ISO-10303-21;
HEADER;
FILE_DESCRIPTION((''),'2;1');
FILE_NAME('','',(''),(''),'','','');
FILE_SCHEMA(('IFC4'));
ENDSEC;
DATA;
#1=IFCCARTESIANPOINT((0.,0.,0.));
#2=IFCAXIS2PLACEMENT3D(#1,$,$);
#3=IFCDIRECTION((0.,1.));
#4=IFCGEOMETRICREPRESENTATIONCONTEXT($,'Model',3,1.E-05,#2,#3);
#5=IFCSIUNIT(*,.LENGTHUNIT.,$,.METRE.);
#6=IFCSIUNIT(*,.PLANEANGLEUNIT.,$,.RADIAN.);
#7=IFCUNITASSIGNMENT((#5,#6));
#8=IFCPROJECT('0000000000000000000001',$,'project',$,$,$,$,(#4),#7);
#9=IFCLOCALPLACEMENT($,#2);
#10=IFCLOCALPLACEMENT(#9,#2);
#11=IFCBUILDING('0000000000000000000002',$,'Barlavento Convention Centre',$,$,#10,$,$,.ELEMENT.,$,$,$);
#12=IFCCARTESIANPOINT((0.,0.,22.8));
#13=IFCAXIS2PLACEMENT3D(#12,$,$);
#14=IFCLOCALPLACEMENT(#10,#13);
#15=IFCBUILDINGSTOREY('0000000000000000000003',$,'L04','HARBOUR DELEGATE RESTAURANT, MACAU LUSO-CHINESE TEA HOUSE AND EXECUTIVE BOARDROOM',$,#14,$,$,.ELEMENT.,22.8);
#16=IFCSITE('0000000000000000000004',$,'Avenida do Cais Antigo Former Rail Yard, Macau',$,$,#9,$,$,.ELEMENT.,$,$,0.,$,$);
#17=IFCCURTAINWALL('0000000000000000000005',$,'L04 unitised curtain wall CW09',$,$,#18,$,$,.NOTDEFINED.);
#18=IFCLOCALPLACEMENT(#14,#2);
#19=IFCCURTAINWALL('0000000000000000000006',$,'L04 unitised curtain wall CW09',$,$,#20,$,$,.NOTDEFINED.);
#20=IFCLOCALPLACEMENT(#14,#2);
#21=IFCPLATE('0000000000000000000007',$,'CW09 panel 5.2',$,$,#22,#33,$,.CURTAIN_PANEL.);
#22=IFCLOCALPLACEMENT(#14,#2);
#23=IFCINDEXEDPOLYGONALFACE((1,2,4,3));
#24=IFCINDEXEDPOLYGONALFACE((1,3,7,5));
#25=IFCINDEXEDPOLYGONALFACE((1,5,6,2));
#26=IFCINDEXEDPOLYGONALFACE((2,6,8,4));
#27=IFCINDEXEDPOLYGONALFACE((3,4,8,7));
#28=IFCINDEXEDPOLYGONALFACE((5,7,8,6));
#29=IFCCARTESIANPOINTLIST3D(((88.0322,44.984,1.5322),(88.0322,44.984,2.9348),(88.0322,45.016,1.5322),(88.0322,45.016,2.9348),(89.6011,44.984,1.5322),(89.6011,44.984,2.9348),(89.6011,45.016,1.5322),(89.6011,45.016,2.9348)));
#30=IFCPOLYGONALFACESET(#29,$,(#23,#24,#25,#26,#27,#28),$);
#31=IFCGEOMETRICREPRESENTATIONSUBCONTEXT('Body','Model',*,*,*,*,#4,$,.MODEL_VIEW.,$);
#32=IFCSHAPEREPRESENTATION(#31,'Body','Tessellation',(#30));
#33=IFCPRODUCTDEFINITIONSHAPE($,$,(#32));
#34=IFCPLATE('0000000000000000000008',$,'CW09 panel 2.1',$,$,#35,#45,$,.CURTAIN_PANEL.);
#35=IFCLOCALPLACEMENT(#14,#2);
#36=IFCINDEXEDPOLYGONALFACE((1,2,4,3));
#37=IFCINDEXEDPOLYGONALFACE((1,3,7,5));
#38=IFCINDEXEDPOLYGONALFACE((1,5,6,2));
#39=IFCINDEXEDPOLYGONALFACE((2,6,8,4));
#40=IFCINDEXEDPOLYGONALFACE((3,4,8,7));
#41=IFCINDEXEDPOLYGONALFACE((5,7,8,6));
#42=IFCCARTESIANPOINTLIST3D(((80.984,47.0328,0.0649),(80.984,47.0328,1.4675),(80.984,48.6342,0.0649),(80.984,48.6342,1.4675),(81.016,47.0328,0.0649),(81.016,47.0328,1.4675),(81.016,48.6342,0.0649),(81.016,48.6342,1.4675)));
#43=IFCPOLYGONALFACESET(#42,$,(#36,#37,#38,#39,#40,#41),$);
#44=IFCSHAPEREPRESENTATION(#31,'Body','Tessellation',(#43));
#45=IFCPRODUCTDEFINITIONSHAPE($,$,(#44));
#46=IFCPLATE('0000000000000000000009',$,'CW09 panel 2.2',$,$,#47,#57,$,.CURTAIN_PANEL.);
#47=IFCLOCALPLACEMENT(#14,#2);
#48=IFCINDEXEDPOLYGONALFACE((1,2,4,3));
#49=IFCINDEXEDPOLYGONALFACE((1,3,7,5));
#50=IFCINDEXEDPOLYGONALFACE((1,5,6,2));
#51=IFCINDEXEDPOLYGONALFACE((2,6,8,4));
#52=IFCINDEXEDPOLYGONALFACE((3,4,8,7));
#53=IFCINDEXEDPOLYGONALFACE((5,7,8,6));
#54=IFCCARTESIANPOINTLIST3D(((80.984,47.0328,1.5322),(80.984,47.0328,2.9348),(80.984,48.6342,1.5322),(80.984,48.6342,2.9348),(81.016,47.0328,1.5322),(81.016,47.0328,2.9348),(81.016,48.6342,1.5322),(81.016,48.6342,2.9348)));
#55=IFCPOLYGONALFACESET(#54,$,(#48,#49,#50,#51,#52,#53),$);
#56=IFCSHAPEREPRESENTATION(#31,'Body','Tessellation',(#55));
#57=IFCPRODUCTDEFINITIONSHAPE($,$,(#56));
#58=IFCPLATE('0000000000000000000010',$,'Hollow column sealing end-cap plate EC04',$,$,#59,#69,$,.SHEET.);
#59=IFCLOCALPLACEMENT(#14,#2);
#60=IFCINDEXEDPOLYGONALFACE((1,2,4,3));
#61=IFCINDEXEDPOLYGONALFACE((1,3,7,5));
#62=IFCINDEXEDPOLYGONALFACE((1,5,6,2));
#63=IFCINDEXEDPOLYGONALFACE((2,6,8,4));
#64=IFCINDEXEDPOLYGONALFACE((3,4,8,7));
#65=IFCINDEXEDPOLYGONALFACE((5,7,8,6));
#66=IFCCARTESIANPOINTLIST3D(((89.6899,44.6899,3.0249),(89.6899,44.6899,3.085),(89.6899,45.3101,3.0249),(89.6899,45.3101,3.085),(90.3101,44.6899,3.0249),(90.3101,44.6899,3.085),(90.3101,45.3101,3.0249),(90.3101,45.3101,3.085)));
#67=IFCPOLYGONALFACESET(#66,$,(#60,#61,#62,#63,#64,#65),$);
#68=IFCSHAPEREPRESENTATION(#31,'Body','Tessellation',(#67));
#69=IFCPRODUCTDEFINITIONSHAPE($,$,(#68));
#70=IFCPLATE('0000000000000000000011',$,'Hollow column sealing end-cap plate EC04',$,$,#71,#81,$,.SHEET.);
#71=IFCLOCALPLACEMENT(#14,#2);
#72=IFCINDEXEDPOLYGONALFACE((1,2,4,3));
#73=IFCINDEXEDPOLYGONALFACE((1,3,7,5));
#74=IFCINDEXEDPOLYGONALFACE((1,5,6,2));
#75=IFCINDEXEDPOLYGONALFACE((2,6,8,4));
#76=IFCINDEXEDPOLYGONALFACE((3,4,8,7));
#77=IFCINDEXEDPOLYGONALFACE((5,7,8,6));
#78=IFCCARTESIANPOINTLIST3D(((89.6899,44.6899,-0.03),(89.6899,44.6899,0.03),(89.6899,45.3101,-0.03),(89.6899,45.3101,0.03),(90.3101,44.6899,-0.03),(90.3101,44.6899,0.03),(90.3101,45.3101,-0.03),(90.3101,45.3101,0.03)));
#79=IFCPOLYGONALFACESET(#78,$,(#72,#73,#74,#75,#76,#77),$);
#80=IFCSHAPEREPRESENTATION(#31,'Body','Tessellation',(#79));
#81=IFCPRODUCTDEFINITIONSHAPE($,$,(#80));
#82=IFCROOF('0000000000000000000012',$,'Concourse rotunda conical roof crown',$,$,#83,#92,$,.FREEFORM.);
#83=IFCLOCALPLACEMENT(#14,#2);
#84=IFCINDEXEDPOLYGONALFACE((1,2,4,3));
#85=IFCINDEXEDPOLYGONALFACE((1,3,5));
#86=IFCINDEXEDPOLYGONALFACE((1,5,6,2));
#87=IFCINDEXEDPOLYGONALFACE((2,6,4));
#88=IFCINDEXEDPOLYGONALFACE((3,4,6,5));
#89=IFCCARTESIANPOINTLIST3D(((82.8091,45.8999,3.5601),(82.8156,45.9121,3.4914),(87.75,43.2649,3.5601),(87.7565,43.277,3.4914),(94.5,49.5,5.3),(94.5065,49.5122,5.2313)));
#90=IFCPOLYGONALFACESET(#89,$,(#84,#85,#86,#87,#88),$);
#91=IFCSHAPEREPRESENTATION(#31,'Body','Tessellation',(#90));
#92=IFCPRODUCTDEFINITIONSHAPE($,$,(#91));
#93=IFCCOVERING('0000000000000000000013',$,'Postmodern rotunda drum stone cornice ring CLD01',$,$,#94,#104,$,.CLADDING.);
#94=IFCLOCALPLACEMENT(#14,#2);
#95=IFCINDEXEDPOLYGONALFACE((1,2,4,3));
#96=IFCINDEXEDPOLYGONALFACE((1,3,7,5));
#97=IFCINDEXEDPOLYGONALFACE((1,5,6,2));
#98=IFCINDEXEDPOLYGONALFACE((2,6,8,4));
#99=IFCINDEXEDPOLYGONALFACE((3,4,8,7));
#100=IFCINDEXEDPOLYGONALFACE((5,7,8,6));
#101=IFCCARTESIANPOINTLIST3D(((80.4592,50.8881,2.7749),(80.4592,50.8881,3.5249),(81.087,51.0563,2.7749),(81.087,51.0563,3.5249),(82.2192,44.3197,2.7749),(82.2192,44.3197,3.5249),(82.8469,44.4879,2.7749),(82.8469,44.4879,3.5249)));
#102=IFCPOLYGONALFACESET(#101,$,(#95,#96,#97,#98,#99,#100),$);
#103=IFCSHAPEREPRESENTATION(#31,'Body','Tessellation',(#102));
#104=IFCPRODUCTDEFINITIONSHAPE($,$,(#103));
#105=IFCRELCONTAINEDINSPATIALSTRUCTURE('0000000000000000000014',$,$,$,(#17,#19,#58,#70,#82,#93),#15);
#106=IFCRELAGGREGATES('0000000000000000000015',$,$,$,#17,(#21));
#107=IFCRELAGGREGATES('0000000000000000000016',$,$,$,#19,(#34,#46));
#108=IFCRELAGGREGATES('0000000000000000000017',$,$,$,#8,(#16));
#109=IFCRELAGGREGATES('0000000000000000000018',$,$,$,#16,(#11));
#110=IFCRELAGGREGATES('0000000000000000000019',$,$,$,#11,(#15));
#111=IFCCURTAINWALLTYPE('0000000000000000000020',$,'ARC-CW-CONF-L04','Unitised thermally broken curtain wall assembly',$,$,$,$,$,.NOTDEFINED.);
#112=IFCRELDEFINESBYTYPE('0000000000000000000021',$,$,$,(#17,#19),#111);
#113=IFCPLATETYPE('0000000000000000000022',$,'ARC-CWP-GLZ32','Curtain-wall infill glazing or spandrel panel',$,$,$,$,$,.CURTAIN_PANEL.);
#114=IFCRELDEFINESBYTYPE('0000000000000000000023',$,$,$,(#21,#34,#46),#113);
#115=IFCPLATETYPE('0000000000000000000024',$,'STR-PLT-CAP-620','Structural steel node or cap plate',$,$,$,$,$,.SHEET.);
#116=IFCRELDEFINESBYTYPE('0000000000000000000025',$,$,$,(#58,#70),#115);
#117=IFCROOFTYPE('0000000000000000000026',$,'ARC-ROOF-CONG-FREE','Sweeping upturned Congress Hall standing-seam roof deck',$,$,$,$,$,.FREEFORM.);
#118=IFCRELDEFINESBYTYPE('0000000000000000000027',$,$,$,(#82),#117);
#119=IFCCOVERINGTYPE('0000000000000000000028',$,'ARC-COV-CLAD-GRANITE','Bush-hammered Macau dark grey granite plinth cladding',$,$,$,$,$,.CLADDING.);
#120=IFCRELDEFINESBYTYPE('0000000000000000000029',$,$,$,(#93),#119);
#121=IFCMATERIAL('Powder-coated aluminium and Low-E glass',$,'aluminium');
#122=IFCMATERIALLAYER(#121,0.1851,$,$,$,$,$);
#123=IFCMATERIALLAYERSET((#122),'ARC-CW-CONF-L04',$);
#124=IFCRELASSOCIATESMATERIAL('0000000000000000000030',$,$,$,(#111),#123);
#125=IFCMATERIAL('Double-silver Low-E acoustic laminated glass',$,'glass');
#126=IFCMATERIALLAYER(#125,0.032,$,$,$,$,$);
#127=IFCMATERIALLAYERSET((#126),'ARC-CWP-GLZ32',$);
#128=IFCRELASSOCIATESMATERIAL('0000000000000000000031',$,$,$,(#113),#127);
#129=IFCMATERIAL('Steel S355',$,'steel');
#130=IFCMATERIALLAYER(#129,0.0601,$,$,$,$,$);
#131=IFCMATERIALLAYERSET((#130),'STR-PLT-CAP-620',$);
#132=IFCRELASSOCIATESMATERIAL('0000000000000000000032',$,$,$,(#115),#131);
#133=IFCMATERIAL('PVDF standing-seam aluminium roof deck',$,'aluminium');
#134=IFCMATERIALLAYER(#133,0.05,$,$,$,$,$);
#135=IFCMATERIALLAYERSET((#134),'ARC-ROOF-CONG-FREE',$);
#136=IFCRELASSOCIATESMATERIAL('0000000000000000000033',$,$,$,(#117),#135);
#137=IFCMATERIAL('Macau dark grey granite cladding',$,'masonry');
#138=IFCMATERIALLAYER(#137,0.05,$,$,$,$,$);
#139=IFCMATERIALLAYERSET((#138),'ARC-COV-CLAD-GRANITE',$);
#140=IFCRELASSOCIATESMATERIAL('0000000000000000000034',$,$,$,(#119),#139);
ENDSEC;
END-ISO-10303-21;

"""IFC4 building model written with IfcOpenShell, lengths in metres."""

from ifc_helpers import new_model, si_unit, direction, frame, origin, origin_2d, place, context, subcontext, project, spatial, polyline, rectangle, outline, extrude, material, layer, layer_set, type_object, element, aggregate, save


model = new_model("IFC4")

# Units and contexts
model_context = context("Model", 3, precision=1e-05, world=origin(), true_north=direction((0.0, 1.0)))
body_context = subcontext(model_context, "Body", "Model", "MODEL_VIEW")
ifc_project = project(units=[si_unit("LENGTHUNIT", "METRE"), si_unit("PLANEANGLEUNIT", "RADIAN")], contexts=[model_context])

# Site, building, storey
site_placement = place(None, origin())
site = spatial("IfcSite", under=ifc_project, at=site_placement, Name="Avenida do Cais Antigo Former Rail Yard, Macau", CompositionType="ELEMENT", RefElevation=0.0)
building_placement = place(site_placement, origin())
building = spatial("IfcBuilding", under=site, at=building_placement, Name="Barlavento Convention Centre", CompositionType="ELEMENT")
storey_placement = place(building_placement, frame((0.0, 0.0, 22.8)))
storey = spatial("IfcBuildingStorey", under=building, at=storey_placement, Name="L04", Description="HARBOUR DELEGATE RESTAURANT, MACAU LUSO-CHINESE TEA HOUSE AND EXECUTIVE BOARDROOM", CompositionType="ELEMENT", Elevation=22.8)

# Curtain wall
ifc_material_1 = material(Name="Powder-coated aluminium and Low-E glass", Category="aluminium")
ifc_layer_1 = layer(ifc_material_1, 0.1851)
ifc_layer_set_1 = layer_set([ifc_layer_1], Name="ARC-CW-CONF-L04")
curtain_wall_type = type_object("IfcCurtainWallType", Name="ARC-CW-CONF-L04", Description="Unitised thermally broken curtain wall assembly", PredefinedType="NOTDEFINED", material=ifc_layer_set_1)
curtain_wall_1_placement = place(storey_placement, origin())
curtain_wall_1 = element("IfcCurtainWall", 1, at=curtain_wall_1_placement, inside=storey, type_object=curtain_wall_type, Name="L04 unitised curtain wall CW09", PredefinedType="NOTDEFINED")

# Curtain wall
curtain_wall_2_placement = place(storey_placement, origin())
curtain_wall_2 = element("IfcCurtainWall", 2, at=curtain_wall_2_placement, inside=storey, type_object=curtain_wall_type, Name="L04 unitised curtain wall CW09", PredefinedType="NOTDEFINED")

# Shared definitions
ifc_material_2 = material(Name="Steel S355", Category="steel")

# Plates
ifc_material_3 = material(Name="Double-silver Low-E acoustic laminated glass", Category="glass")
ifc_layer_2 = layer(ifc_material_3, 0.032)
ifc_layer_set_2 = layer_set([ifc_layer_2], Name="ARC-CWP-GLZ32")
plate_type_1 = type_object("IfcPlateType", Name="ARC-CWP-GLZ32", Description="Curtain-wall infill glazing or spandrel panel", PredefinedType="CURTAIN_PANEL", material=ifc_layer_set_2)
plate_1_placement = place(storey_placement, frame((88.8167, 45.0, 1.5322), z_axis=(0.0, 0.0, 1.0), x_axis=(1.0, 0.0, 0.0)))
plate_1 = element("IfcPlate", 3, at=plate_1_placement, type_object=plate_type_1, Name="CW09 panel 5.2", PredefinedType="CURTAIN_PANEL", context=body_context, shape_type="SweptSolid", body=[
    extrude(rectangle(XDim=1.5688, YDim=0.032, at=origin_2d()), origin(), (0.0, 0.0, 1.0), 1.4026),
])
aggregate(curtain_wall_1, [plate_1])
plate_2_placement = place(storey_placement, frame((81.0, 47.8335, 0.0649), z_axis=(0.0, 0.0, 1.0), x_axis=(0.0, 1.0, 0.0)))
plate_2 = element("IfcPlate", 4, at=plate_2_placement, type_object=plate_type_1, Name="CW09 panel 2.1", PredefinedType="CURTAIN_PANEL", context=body_context, shape_type="SweptSolid", body=[
    extrude(rectangle(XDim=1.6013, YDim=0.032, at=origin_2d()), origin(), (0.0, 0.0, 1.0), 1.4026),
])
plate_3_placement = place(storey_placement, frame((81.0, 47.8335, 1.5322), z_axis=(0.0, 0.0, 1.0), x_axis=(0.0, 1.0, 0.0)))
plate_3 = element("IfcPlate", 5, at=plate_3_placement, type_object=plate_type_1, Name="CW09 panel 2.2", PredefinedType="CURTAIN_PANEL", context=body_context, shape_type="SweptSolid", body=[
    extrude(rectangle(XDim=1.6013, YDim=0.032, at=origin_2d()), origin(), (0.0, 0.0, 1.0), 1.4026),
])
aggregate(curtain_wall_2, [plate_2, plate_3])

# Plates
ifc_layer_3 = layer(ifc_material_2, 0.0601)
ifc_layer_set_3 = layer_set([ifc_layer_3], Name="STR-PLT-CAP-620")
plate_type_2 = type_object("IfcPlateType", Name="STR-PLT-CAP-620", Description="Structural steel node or cap plate", PredefinedType="SHEET", material=ifc_layer_set_3)
for number, where, z_axis, x_axis, name in (
    (6, (90.0, 45.0, 3.0249), (0.0, 0.0, 1.0), (1.0, 0.0, 0.0), "Hollow column sealing end-cap plate EC04"),
    (7, (90.0, 45.0, -0.03), (0.0, 0.0, 1.0), (1.0, 0.0, 0.0), "Hollow column sealing end-cap plate EC04"),
):
    element("IfcPlate", number, at=place(storey_placement, frame(where, z_axis=z_axis, x_axis=x_axis)), inside=storey, type_object=plate_type_2, Name=name, PredefinedType="SHEET", context=body_context, shape_type="SweptSolid", body=[
        extrude(rectangle(XDim=0.6201, YDim=0.6201, at=origin_2d()), origin(), (0.0, 0.0, 1.0), 0.0601),
    ])

# Roof
ifc_material_4 = material(Name="PVDF standing-seam aluminium roof deck", Category="aluminium")
ifc_layer_4 = layer(ifc_material_4, 0.05)
ifc_layer_set_4 = layer_set([ifc_layer_4], Name="ARC-ROOF-CONG-FREE")
roof_type = type_object("IfcRoofType", Name="ARC-ROOF-CONG-FREE", Description="Sweeping upturned Congress Hall standing-seam roof deck", PredefinedType="FREEFORM", material=ifc_layer_set_4)
roof_placement = place(storey_placement, frame((82.8091, 45.8999, 3.5601), z_axis=(-0.092511, -0.173467, 0.980485), x_axis=(0.882364, -0.470568, 0.0)))
element("IfcRoof", 8, at=roof_placement, inside=storey, type_object=roof_type, Name="Concourse rotunda conical roof crown", PredefinedType="FREEFORM", context=body_context, shape_type="SweptSolid", body=[
    extrude(outline(polyline([(0.0, 0.0), (5.5996, 0.0), (8.6216, 8.8507), (0.0, 0.0)])), origin(), (0.0, 0.0, -1.0), 0.0701),
])

# Covering
ifc_material_5 = material(Name="Macau dark grey granite cladding", Category="masonry")
ifc_layer_5 = layer(ifc_material_5, 0.05)
ifc_layer_set_5 = layer_set([ifc_layer_5], Name="ARC-COV-CLAD-GRANITE")
covering_type = type_object("IfcCoveringType", Name="ARC-COV-CLAD-GRANITE", Description="Bush-hammered Macau dark grey granite plinth cladding", PredefinedType="CLADDING", material=ifc_layer_set_5)
covering_placement = place(storey_placement, frame((81.6531, 47.688, 2.7749), z_axis=(0.0, 0.0, 1.0), x_axis=(0.258819, -0.965926, 0.0)))
element("IfcCovering", 9, at=covering_placement, inside=storey, type_object=covering_type, Name="Postmodern rotunda drum stone cornice ring CLD01", PredefinedType="CLADDING", context=body_context, shape_type="SweptSolid", body=[
    extrude(rectangle(XDim=6.8, YDim=0.6499, at=origin_2d()), origin(), (0.0, 0.0, 1.0), 0.75),
])

save(model, "model.ifc")
